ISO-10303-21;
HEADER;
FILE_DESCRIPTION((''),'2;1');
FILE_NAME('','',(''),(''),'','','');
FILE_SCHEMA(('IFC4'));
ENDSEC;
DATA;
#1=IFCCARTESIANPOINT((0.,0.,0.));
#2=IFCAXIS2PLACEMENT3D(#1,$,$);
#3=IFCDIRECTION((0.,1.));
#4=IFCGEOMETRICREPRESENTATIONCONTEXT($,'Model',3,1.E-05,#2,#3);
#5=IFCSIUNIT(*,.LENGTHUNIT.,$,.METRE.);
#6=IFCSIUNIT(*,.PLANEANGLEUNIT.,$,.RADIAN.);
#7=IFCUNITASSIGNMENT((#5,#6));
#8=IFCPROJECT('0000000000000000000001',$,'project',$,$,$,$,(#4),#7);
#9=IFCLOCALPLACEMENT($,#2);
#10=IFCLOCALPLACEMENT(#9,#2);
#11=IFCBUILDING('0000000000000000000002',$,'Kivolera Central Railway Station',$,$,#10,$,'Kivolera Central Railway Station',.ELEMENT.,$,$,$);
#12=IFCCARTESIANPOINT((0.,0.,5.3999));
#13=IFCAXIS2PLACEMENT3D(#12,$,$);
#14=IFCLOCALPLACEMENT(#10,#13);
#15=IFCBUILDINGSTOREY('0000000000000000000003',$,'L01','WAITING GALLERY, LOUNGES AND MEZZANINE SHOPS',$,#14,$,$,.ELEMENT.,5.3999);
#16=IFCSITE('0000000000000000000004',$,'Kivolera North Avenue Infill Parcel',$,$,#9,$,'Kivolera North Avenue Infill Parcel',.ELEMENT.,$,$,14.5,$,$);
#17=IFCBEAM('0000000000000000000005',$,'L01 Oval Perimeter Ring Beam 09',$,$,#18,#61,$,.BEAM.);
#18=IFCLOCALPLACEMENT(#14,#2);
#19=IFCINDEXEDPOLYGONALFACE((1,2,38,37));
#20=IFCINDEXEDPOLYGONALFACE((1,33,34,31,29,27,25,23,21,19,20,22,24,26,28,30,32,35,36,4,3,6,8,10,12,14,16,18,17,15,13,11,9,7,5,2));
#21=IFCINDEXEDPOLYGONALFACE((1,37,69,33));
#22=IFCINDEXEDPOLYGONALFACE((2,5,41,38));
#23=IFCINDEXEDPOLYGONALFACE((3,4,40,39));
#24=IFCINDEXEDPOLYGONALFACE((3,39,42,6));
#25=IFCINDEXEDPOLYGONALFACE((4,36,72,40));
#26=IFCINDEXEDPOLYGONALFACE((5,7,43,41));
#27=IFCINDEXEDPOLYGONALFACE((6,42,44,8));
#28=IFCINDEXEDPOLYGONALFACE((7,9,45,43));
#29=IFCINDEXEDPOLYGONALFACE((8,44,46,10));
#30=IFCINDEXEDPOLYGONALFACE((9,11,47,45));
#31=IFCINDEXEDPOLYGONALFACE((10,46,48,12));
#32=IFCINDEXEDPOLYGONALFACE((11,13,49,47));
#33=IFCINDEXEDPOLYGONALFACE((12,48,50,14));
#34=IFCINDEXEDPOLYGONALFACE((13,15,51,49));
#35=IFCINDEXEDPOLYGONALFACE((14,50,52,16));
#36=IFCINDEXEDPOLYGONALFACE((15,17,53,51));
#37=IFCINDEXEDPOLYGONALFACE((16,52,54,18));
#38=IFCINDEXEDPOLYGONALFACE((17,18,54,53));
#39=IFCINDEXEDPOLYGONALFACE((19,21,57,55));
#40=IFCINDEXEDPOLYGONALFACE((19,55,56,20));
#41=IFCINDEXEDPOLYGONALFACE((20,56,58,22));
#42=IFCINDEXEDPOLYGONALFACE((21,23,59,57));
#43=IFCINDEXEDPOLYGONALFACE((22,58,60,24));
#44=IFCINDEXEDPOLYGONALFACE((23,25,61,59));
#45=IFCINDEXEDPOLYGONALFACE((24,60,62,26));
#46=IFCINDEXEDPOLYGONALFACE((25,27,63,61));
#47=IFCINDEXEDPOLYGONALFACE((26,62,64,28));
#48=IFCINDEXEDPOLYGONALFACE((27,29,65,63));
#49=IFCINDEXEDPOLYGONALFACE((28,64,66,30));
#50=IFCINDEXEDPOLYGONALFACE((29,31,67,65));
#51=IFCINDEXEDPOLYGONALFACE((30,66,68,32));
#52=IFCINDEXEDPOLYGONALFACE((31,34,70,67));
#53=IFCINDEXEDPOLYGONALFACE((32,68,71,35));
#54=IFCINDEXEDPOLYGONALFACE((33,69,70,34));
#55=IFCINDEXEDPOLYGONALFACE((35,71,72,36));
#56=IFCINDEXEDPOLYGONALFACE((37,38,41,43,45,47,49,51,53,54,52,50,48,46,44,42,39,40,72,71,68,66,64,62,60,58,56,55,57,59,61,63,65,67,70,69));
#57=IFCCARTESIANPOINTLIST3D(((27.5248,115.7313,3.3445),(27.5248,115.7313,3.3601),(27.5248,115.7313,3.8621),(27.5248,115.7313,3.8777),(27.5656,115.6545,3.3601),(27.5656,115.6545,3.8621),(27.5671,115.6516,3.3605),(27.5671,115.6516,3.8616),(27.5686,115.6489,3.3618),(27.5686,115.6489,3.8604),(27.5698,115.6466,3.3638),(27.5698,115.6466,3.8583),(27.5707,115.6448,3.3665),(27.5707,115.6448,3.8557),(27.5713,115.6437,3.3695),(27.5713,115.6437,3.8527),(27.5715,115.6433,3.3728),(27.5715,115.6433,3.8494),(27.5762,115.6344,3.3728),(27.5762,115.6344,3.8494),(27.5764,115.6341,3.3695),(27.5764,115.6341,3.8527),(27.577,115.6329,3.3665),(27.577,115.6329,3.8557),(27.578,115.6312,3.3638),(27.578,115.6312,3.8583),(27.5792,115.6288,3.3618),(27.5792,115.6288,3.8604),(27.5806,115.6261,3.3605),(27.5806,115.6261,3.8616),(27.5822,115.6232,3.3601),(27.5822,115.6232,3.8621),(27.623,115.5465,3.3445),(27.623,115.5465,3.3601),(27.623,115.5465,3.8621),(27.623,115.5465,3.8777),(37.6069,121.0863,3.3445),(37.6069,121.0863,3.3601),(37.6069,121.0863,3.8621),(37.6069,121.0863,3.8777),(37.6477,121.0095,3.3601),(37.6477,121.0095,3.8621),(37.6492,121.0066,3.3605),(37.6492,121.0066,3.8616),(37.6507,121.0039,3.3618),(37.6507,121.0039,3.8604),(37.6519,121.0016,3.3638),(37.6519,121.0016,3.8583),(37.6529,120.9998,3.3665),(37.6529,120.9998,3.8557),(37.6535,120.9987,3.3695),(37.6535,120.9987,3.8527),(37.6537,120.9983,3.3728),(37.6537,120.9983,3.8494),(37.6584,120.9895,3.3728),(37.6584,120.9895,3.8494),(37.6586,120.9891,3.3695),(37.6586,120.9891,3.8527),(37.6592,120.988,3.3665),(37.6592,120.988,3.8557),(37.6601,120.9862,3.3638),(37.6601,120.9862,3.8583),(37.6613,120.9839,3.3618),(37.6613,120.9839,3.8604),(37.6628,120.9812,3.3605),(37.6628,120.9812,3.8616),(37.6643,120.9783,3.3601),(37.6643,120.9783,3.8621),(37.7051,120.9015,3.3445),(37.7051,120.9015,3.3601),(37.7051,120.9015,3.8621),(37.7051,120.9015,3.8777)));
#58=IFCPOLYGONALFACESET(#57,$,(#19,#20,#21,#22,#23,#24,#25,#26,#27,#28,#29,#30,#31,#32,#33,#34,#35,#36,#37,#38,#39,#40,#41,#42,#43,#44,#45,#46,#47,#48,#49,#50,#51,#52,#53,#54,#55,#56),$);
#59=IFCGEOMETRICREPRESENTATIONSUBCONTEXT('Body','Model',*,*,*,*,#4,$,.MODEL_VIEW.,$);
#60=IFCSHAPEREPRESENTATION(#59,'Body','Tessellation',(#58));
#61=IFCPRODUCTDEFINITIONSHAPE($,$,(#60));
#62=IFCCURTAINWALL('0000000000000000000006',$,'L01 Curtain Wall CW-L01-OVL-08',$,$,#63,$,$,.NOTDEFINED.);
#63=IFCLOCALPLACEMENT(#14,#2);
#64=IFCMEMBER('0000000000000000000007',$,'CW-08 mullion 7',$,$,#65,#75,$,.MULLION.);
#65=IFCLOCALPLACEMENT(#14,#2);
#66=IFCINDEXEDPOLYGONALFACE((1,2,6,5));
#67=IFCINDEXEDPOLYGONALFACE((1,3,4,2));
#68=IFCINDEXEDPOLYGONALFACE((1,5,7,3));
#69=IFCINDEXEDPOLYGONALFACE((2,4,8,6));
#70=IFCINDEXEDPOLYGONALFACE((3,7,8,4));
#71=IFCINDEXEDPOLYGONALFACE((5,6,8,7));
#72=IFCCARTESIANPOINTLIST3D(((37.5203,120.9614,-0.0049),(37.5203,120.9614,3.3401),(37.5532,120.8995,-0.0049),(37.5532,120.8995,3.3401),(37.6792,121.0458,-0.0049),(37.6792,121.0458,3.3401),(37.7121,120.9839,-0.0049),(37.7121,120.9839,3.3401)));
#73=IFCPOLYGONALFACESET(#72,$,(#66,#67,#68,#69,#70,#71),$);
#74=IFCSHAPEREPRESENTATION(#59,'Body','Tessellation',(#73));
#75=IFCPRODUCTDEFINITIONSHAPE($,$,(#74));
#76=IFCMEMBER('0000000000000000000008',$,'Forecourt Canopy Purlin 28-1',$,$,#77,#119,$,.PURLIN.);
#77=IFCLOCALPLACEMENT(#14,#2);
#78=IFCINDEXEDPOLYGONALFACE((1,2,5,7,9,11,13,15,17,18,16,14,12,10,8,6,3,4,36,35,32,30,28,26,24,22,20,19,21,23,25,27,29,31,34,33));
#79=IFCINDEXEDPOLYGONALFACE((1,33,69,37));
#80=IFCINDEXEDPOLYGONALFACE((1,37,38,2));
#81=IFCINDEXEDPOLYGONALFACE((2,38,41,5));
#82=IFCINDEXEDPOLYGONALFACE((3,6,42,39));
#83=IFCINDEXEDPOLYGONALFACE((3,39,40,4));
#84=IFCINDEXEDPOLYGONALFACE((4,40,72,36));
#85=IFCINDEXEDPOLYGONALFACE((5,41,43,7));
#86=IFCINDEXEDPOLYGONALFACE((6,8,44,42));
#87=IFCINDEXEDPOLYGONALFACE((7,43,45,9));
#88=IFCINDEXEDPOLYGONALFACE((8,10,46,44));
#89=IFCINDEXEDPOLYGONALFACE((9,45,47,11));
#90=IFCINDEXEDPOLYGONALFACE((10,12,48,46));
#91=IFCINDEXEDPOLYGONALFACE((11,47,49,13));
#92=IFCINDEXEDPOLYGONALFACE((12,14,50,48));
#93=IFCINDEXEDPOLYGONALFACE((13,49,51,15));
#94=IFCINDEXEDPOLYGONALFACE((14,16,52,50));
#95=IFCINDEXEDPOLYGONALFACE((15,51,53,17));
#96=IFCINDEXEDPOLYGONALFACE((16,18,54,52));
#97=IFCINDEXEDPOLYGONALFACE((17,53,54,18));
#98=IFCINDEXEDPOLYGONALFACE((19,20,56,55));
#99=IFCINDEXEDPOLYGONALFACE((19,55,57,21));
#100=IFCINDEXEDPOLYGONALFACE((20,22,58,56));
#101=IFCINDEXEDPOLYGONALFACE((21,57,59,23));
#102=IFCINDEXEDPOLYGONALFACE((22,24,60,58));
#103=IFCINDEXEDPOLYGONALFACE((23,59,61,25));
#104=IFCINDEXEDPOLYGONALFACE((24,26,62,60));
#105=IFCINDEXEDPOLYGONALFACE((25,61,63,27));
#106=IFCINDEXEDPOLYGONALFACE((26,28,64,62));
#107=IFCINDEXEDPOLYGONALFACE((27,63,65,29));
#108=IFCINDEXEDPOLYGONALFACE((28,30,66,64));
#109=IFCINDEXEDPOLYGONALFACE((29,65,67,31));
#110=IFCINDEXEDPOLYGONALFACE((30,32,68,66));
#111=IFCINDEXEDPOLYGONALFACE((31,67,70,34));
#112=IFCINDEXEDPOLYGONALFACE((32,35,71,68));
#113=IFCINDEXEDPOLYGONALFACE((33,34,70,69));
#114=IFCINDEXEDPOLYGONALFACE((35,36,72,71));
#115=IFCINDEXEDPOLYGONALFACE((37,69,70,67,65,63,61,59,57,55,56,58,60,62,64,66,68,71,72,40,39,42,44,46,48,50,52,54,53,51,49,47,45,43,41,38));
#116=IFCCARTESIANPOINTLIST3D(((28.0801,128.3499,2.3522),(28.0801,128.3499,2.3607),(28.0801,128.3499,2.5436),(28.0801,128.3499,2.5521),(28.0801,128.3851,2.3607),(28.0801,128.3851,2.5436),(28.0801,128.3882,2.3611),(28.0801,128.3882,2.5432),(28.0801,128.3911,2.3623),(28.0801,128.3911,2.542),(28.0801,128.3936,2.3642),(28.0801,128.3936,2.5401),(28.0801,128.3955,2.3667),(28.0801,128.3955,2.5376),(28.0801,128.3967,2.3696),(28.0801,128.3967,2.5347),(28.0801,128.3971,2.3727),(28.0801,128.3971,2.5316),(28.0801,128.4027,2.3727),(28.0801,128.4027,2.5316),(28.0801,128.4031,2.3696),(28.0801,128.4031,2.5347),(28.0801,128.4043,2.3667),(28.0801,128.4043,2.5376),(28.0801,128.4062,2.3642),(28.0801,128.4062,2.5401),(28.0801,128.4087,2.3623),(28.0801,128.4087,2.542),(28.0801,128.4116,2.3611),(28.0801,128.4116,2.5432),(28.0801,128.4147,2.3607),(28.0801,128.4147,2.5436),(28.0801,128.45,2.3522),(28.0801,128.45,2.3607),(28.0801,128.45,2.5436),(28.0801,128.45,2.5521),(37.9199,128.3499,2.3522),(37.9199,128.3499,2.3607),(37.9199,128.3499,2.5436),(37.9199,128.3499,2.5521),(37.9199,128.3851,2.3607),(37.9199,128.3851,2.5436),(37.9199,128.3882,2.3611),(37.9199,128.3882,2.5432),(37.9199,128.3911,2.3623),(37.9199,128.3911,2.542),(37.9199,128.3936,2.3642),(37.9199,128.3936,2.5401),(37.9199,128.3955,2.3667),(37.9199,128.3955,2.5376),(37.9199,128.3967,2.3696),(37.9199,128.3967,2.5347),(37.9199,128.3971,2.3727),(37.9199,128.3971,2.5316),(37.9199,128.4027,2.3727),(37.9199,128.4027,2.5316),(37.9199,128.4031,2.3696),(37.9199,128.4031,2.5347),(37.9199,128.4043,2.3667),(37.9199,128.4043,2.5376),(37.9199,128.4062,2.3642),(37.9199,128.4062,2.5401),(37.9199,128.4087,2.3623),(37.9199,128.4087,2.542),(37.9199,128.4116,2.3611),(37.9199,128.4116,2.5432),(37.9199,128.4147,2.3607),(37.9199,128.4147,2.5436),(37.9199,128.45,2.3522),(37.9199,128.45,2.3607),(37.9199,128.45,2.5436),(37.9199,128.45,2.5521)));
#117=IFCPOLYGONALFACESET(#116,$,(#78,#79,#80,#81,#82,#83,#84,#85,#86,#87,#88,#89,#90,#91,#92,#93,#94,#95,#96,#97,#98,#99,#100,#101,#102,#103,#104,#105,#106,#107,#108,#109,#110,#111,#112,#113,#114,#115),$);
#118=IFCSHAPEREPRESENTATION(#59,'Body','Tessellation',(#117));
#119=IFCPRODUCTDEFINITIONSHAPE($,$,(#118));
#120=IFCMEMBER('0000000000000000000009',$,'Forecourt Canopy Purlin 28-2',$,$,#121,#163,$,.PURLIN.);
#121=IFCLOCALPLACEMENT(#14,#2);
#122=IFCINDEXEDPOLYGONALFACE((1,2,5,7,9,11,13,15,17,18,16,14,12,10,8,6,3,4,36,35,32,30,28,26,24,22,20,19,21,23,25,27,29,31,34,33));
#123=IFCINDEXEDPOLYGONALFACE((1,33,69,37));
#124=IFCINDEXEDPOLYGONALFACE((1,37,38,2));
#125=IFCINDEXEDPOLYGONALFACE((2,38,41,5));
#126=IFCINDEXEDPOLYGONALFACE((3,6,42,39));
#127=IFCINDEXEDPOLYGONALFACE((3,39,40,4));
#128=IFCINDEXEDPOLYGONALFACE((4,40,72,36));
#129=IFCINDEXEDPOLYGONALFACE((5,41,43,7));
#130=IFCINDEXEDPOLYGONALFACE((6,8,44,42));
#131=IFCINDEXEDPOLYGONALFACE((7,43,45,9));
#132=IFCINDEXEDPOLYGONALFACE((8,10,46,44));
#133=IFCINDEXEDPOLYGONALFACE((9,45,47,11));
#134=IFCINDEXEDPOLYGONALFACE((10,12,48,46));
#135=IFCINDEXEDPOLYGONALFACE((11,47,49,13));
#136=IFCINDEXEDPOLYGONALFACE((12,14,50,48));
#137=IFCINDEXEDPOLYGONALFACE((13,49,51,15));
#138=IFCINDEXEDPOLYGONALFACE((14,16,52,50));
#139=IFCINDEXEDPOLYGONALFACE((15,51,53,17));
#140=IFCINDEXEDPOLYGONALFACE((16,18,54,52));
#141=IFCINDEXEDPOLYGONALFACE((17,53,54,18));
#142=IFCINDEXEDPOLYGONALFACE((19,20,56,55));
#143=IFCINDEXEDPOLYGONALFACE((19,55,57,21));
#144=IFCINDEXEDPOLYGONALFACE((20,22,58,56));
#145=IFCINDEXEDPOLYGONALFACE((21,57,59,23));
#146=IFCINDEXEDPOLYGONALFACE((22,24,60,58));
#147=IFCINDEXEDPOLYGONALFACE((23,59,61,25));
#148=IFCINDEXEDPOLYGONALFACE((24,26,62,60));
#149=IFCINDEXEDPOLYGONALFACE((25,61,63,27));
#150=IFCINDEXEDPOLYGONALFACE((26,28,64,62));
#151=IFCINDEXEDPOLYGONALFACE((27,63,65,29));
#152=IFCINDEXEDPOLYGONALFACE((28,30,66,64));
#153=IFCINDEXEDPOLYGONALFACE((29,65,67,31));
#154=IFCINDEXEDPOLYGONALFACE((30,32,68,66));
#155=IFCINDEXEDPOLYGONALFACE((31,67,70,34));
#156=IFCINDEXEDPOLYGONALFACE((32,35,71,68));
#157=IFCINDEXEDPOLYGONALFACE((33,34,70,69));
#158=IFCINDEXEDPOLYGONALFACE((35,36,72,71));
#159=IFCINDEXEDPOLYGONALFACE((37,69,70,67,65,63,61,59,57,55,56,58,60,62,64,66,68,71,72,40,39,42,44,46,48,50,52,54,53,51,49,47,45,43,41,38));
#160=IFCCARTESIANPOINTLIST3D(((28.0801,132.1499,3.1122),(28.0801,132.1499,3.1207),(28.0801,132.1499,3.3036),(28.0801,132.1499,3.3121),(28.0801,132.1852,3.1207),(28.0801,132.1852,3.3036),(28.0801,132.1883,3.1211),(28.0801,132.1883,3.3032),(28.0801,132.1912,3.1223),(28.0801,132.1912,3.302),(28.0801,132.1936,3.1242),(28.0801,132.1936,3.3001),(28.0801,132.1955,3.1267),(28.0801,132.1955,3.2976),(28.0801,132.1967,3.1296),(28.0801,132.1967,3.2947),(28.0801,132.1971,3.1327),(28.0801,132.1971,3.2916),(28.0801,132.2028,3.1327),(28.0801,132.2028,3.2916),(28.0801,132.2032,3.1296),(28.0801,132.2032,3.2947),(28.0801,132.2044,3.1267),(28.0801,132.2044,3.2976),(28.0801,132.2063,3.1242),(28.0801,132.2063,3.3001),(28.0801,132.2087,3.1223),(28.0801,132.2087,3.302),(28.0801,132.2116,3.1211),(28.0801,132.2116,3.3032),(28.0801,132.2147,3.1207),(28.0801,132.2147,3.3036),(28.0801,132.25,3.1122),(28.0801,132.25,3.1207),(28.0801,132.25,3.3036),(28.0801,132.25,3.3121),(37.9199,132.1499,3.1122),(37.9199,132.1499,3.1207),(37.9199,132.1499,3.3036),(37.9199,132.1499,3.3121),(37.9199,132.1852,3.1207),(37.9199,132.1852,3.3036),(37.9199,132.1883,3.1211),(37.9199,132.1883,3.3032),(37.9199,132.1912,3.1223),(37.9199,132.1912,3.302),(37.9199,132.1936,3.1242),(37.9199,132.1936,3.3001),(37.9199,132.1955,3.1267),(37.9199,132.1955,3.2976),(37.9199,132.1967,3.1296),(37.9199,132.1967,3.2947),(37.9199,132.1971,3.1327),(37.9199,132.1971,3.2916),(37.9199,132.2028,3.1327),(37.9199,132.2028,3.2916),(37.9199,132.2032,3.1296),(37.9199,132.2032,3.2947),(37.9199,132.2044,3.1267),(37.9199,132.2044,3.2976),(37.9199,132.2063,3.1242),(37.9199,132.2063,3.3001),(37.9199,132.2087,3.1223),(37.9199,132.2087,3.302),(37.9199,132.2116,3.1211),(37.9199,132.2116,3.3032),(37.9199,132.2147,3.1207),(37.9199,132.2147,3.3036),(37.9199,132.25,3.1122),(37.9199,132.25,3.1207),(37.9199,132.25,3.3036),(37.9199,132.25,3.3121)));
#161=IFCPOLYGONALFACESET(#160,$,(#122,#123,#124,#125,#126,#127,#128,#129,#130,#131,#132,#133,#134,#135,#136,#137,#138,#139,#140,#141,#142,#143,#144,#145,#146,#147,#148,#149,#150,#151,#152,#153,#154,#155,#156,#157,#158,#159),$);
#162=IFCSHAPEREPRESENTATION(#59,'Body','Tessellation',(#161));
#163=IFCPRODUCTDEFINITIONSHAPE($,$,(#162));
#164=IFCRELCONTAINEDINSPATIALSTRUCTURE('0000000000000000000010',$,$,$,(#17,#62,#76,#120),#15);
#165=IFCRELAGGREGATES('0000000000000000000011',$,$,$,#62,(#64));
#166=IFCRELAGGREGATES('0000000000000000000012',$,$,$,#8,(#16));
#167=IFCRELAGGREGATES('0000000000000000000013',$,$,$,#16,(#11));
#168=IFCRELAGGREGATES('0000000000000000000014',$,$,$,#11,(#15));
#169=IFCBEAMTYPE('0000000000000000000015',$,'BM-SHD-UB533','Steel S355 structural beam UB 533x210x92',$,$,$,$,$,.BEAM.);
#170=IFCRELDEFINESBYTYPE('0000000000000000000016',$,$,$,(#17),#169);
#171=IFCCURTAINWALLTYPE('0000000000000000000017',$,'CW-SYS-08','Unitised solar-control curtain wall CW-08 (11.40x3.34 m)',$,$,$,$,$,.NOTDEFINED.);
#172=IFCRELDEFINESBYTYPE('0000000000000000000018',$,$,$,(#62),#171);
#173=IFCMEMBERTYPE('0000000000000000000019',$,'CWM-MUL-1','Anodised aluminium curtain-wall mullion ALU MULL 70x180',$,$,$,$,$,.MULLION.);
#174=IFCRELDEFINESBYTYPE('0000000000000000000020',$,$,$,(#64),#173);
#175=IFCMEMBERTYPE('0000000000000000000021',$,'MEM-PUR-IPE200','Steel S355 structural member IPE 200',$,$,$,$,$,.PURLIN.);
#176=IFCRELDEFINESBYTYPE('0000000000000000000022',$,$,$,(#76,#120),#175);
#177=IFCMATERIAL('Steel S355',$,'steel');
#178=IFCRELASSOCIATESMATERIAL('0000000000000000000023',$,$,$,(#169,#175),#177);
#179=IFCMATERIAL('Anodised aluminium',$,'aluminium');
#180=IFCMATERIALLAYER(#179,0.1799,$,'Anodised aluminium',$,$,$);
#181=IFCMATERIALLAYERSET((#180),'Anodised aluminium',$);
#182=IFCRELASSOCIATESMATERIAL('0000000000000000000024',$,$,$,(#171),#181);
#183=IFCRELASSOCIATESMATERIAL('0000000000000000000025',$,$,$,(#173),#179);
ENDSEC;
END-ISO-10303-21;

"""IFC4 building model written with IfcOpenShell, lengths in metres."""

from ifc_helpers import new_model, si_unit, direction, frame, origin, origin_2d, place, context, subcontext, project, spatial, rectangle, i_section, extrude, material, layer, layer_set, material_profile, profile_set, type_object, element, aggregate, save


model = new_model("IFC4")

# Units and contexts
model_context = context("Model", 3, precision=1e-05, world=origin(), true_north=direction((0.0, 1.0)))
body_context = subcontext(model_context, "Body", "Model", "MODEL_VIEW")
ifc_project = project(units=[si_unit("LENGTHUNIT", "METRE"), si_unit("PLANEANGLEUNIT", "RADIAN")], contexts=[model_context])

# Site, building, storey
site_placement = place(None, origin())
site = spatial("IfcSite", under=ifc_project, at=site_placement, Name="Kivolera North Avenue Infill Parcel", LongName="Kivolera North Avenue Infill Parcel", CompositionType="ELEMENT", RefElevation=14.5)
building_placement = place(site_placement, origin())
building = spatial("IfcBuilding", under=site, at=building_placement, Name="Kivolera Central Railway Station", LongName="Kivolera Central Railway Station", CompositionType="ELEMENT")
storey_placement = place(building_placement, frame((0.0, 0.0, 5.3999)))
storey = spatial("IfcBuildingStorey", under=building, at=storey_placement, Name="L01", Description="WAITING GALLERY, LOUNGES AND MEZZANINE SHOPS", CompositionType="ELEMENT", Elevation=5.3999)

# Shared definitions
ifc_material_1 = material(Name="Steel S355", Category="steel")

# Beam
ifc_material_profile_1 = material_profile(ifc_material_1, i_section(OverallWidth=0.2092, OverallDepth=0.5332, WebThickness=0.01, FlangeThickness=0.0156, FilletRadius=0.0127, at=origin_2d()), Name="UB 533x210x92")
ifc_profile_set_1 = profile_set([ifc_material_profile_1], Name="Steel S355")
beam_type_1 = type_object("IfcBeamType", Name="BM-SHD-UB533", Description="Steel S355 structural beam UB 533x210x92", PredefinedType="BEAM", material=ifc_profile_set_1)
beam_1_placement = place(storey_placement, frame((37.656, 120.9939, 3.6111), z_axis=(-0.883156, -0.46908, 0.0), x_axis=(0.46908, -0.883156, 0.0)))
element("IfcBeam", 1, at=beam_1_placement, inside=storey, type_object=beam_type_1, Name="L01 Oval Perimeter Ring Beam 09", PredefinedType="BEAM", context=body_context, shape_type="SweptSolid", body=[
    extrude(i_section(OverallWidth=0.2092, OverallDepth=0.5332, WebThickness=0.01, FlangeThickness=0.0156, FilletRadius=0.0127, at=origin_2d()), origin(), (0.0, 0.0, 1.0), 11.416),
])

# Curtain wall, member
ifc_material_2 = material(Name="Anodised aluminium", Category="aluminium")
ifc_layer_1 = layer(ifc_material_2, 0.1799, Name="Anodised aluminium")
ifc_layer_set_1 = layer_set([ifc_layer_1], Name="Anodised aluminium")
curtain_wall_type = type_object("IfcCurtainWallType", Name="CW-SYS-08", Description="Unitised solar-control curtain wall CW-08 (11.40x3.34 m)", PredefinedType="NOTDEFINED", material=ifc_layer_set_1)
curtain_wall_placement = place(storey_placement, origin())
curtain_wall = element("IfcCurtainWall", 2, at=curtain_wall_placement, inside=storey, type_object=curtain_wall_type, Name="L01 Curtain Wall CW-L01-OVL-08", PredefinedType="NOTDEFINED")
ifc_material_profile_2 = material_profile(ifc_material_2, rectangle(XDim=0.0701, YDim=0.1799, at=origin_2d()), Name="ALU MULL 70x180")
ifc_profile_set_2 = profile_set([ifc_material_profile_2], Name="Anodised aluminium")
member_type_1 = type_object("IfcMemberType", Name="CWM-MUL-1", Description="Anodised aluminium curtain-wall mullion ALU MULL 70x180", PredefinedType="MULLION", material=ifc_profile_set_2)
member_1_placement = place(storey_placement, frame((37.6162, 120.9727, -0.0049), z_axis=(0.0, 0.0, 1.0), x_axis=(-0.469053, 0.88317, 0.0)))
member_1 = element("IfcMember", 3, at=member_1_placement, type_object=member_type_1, Name="CW-08 mullion 7", PredefinedType="MULLION", context=body_context, shape_type="SweptSolid", body=[
    extrude(rectangle(XDim=0.0701, YDim=0.1799, at=origin_2d()), origin(), (0.0, 0.0, 1.0), 3.345),
])

# Members
ifc_material_profile_3 = material_profile(ifc_material_1, i_section(OverallWidth=0.1001, OverallDepth=0.2, WebThickness=0.0056, FlangeThickness=0.0085, FilletRadius=0.012, at=origin_2d()), Name="IPE 200")
ifc_profile_set_3 = profile_set([ifc_material_profile_3], Name="Steel S355")
member_type_2 = type_object("IfcMemberType", Name="MEM-PUR-IPE200", Description="Steel S355 structural member IPE 200", PredefinedType="PURLIN", material=ifc_profile_set_3)
for number, where, z_axis, x_axis, name in (
    (4, (28.0801, 128.3999, 2.4521), (1.0, 0.0, 0.0), (0.0, 1.0, 0.0), "Forecourt Canopy Purlin 28-1"),
    (5, (28.0801, 132.2, 3.2122), (1.0, 0.0, 0.0), (0.0, 1.0, 0.0), "Forecourt Canopy Purlin 28-2"),
):
    element("IfcMember", number, at=place(storey_placement, frame(where, z_axis=z_axis, x_axis=x_axis)), inside=storey, type_object=member_type_2, Name=name, PredefinedType="PURLIN", context=body_context, shape_type="SweptSolid", body=[
        extrude(i_section(OverallWidth=0.1001, OverallDepth=0.2, WebThickness=0.0056, FlangeThickness=0.0085, FilletRadius=0.012, at=origin_2d()), origin(), (0.0, 0.0, 1.0), 9.8398),
    ])

aggregate(curtain_wall, [member_1])

save(model, "model.ifc")
